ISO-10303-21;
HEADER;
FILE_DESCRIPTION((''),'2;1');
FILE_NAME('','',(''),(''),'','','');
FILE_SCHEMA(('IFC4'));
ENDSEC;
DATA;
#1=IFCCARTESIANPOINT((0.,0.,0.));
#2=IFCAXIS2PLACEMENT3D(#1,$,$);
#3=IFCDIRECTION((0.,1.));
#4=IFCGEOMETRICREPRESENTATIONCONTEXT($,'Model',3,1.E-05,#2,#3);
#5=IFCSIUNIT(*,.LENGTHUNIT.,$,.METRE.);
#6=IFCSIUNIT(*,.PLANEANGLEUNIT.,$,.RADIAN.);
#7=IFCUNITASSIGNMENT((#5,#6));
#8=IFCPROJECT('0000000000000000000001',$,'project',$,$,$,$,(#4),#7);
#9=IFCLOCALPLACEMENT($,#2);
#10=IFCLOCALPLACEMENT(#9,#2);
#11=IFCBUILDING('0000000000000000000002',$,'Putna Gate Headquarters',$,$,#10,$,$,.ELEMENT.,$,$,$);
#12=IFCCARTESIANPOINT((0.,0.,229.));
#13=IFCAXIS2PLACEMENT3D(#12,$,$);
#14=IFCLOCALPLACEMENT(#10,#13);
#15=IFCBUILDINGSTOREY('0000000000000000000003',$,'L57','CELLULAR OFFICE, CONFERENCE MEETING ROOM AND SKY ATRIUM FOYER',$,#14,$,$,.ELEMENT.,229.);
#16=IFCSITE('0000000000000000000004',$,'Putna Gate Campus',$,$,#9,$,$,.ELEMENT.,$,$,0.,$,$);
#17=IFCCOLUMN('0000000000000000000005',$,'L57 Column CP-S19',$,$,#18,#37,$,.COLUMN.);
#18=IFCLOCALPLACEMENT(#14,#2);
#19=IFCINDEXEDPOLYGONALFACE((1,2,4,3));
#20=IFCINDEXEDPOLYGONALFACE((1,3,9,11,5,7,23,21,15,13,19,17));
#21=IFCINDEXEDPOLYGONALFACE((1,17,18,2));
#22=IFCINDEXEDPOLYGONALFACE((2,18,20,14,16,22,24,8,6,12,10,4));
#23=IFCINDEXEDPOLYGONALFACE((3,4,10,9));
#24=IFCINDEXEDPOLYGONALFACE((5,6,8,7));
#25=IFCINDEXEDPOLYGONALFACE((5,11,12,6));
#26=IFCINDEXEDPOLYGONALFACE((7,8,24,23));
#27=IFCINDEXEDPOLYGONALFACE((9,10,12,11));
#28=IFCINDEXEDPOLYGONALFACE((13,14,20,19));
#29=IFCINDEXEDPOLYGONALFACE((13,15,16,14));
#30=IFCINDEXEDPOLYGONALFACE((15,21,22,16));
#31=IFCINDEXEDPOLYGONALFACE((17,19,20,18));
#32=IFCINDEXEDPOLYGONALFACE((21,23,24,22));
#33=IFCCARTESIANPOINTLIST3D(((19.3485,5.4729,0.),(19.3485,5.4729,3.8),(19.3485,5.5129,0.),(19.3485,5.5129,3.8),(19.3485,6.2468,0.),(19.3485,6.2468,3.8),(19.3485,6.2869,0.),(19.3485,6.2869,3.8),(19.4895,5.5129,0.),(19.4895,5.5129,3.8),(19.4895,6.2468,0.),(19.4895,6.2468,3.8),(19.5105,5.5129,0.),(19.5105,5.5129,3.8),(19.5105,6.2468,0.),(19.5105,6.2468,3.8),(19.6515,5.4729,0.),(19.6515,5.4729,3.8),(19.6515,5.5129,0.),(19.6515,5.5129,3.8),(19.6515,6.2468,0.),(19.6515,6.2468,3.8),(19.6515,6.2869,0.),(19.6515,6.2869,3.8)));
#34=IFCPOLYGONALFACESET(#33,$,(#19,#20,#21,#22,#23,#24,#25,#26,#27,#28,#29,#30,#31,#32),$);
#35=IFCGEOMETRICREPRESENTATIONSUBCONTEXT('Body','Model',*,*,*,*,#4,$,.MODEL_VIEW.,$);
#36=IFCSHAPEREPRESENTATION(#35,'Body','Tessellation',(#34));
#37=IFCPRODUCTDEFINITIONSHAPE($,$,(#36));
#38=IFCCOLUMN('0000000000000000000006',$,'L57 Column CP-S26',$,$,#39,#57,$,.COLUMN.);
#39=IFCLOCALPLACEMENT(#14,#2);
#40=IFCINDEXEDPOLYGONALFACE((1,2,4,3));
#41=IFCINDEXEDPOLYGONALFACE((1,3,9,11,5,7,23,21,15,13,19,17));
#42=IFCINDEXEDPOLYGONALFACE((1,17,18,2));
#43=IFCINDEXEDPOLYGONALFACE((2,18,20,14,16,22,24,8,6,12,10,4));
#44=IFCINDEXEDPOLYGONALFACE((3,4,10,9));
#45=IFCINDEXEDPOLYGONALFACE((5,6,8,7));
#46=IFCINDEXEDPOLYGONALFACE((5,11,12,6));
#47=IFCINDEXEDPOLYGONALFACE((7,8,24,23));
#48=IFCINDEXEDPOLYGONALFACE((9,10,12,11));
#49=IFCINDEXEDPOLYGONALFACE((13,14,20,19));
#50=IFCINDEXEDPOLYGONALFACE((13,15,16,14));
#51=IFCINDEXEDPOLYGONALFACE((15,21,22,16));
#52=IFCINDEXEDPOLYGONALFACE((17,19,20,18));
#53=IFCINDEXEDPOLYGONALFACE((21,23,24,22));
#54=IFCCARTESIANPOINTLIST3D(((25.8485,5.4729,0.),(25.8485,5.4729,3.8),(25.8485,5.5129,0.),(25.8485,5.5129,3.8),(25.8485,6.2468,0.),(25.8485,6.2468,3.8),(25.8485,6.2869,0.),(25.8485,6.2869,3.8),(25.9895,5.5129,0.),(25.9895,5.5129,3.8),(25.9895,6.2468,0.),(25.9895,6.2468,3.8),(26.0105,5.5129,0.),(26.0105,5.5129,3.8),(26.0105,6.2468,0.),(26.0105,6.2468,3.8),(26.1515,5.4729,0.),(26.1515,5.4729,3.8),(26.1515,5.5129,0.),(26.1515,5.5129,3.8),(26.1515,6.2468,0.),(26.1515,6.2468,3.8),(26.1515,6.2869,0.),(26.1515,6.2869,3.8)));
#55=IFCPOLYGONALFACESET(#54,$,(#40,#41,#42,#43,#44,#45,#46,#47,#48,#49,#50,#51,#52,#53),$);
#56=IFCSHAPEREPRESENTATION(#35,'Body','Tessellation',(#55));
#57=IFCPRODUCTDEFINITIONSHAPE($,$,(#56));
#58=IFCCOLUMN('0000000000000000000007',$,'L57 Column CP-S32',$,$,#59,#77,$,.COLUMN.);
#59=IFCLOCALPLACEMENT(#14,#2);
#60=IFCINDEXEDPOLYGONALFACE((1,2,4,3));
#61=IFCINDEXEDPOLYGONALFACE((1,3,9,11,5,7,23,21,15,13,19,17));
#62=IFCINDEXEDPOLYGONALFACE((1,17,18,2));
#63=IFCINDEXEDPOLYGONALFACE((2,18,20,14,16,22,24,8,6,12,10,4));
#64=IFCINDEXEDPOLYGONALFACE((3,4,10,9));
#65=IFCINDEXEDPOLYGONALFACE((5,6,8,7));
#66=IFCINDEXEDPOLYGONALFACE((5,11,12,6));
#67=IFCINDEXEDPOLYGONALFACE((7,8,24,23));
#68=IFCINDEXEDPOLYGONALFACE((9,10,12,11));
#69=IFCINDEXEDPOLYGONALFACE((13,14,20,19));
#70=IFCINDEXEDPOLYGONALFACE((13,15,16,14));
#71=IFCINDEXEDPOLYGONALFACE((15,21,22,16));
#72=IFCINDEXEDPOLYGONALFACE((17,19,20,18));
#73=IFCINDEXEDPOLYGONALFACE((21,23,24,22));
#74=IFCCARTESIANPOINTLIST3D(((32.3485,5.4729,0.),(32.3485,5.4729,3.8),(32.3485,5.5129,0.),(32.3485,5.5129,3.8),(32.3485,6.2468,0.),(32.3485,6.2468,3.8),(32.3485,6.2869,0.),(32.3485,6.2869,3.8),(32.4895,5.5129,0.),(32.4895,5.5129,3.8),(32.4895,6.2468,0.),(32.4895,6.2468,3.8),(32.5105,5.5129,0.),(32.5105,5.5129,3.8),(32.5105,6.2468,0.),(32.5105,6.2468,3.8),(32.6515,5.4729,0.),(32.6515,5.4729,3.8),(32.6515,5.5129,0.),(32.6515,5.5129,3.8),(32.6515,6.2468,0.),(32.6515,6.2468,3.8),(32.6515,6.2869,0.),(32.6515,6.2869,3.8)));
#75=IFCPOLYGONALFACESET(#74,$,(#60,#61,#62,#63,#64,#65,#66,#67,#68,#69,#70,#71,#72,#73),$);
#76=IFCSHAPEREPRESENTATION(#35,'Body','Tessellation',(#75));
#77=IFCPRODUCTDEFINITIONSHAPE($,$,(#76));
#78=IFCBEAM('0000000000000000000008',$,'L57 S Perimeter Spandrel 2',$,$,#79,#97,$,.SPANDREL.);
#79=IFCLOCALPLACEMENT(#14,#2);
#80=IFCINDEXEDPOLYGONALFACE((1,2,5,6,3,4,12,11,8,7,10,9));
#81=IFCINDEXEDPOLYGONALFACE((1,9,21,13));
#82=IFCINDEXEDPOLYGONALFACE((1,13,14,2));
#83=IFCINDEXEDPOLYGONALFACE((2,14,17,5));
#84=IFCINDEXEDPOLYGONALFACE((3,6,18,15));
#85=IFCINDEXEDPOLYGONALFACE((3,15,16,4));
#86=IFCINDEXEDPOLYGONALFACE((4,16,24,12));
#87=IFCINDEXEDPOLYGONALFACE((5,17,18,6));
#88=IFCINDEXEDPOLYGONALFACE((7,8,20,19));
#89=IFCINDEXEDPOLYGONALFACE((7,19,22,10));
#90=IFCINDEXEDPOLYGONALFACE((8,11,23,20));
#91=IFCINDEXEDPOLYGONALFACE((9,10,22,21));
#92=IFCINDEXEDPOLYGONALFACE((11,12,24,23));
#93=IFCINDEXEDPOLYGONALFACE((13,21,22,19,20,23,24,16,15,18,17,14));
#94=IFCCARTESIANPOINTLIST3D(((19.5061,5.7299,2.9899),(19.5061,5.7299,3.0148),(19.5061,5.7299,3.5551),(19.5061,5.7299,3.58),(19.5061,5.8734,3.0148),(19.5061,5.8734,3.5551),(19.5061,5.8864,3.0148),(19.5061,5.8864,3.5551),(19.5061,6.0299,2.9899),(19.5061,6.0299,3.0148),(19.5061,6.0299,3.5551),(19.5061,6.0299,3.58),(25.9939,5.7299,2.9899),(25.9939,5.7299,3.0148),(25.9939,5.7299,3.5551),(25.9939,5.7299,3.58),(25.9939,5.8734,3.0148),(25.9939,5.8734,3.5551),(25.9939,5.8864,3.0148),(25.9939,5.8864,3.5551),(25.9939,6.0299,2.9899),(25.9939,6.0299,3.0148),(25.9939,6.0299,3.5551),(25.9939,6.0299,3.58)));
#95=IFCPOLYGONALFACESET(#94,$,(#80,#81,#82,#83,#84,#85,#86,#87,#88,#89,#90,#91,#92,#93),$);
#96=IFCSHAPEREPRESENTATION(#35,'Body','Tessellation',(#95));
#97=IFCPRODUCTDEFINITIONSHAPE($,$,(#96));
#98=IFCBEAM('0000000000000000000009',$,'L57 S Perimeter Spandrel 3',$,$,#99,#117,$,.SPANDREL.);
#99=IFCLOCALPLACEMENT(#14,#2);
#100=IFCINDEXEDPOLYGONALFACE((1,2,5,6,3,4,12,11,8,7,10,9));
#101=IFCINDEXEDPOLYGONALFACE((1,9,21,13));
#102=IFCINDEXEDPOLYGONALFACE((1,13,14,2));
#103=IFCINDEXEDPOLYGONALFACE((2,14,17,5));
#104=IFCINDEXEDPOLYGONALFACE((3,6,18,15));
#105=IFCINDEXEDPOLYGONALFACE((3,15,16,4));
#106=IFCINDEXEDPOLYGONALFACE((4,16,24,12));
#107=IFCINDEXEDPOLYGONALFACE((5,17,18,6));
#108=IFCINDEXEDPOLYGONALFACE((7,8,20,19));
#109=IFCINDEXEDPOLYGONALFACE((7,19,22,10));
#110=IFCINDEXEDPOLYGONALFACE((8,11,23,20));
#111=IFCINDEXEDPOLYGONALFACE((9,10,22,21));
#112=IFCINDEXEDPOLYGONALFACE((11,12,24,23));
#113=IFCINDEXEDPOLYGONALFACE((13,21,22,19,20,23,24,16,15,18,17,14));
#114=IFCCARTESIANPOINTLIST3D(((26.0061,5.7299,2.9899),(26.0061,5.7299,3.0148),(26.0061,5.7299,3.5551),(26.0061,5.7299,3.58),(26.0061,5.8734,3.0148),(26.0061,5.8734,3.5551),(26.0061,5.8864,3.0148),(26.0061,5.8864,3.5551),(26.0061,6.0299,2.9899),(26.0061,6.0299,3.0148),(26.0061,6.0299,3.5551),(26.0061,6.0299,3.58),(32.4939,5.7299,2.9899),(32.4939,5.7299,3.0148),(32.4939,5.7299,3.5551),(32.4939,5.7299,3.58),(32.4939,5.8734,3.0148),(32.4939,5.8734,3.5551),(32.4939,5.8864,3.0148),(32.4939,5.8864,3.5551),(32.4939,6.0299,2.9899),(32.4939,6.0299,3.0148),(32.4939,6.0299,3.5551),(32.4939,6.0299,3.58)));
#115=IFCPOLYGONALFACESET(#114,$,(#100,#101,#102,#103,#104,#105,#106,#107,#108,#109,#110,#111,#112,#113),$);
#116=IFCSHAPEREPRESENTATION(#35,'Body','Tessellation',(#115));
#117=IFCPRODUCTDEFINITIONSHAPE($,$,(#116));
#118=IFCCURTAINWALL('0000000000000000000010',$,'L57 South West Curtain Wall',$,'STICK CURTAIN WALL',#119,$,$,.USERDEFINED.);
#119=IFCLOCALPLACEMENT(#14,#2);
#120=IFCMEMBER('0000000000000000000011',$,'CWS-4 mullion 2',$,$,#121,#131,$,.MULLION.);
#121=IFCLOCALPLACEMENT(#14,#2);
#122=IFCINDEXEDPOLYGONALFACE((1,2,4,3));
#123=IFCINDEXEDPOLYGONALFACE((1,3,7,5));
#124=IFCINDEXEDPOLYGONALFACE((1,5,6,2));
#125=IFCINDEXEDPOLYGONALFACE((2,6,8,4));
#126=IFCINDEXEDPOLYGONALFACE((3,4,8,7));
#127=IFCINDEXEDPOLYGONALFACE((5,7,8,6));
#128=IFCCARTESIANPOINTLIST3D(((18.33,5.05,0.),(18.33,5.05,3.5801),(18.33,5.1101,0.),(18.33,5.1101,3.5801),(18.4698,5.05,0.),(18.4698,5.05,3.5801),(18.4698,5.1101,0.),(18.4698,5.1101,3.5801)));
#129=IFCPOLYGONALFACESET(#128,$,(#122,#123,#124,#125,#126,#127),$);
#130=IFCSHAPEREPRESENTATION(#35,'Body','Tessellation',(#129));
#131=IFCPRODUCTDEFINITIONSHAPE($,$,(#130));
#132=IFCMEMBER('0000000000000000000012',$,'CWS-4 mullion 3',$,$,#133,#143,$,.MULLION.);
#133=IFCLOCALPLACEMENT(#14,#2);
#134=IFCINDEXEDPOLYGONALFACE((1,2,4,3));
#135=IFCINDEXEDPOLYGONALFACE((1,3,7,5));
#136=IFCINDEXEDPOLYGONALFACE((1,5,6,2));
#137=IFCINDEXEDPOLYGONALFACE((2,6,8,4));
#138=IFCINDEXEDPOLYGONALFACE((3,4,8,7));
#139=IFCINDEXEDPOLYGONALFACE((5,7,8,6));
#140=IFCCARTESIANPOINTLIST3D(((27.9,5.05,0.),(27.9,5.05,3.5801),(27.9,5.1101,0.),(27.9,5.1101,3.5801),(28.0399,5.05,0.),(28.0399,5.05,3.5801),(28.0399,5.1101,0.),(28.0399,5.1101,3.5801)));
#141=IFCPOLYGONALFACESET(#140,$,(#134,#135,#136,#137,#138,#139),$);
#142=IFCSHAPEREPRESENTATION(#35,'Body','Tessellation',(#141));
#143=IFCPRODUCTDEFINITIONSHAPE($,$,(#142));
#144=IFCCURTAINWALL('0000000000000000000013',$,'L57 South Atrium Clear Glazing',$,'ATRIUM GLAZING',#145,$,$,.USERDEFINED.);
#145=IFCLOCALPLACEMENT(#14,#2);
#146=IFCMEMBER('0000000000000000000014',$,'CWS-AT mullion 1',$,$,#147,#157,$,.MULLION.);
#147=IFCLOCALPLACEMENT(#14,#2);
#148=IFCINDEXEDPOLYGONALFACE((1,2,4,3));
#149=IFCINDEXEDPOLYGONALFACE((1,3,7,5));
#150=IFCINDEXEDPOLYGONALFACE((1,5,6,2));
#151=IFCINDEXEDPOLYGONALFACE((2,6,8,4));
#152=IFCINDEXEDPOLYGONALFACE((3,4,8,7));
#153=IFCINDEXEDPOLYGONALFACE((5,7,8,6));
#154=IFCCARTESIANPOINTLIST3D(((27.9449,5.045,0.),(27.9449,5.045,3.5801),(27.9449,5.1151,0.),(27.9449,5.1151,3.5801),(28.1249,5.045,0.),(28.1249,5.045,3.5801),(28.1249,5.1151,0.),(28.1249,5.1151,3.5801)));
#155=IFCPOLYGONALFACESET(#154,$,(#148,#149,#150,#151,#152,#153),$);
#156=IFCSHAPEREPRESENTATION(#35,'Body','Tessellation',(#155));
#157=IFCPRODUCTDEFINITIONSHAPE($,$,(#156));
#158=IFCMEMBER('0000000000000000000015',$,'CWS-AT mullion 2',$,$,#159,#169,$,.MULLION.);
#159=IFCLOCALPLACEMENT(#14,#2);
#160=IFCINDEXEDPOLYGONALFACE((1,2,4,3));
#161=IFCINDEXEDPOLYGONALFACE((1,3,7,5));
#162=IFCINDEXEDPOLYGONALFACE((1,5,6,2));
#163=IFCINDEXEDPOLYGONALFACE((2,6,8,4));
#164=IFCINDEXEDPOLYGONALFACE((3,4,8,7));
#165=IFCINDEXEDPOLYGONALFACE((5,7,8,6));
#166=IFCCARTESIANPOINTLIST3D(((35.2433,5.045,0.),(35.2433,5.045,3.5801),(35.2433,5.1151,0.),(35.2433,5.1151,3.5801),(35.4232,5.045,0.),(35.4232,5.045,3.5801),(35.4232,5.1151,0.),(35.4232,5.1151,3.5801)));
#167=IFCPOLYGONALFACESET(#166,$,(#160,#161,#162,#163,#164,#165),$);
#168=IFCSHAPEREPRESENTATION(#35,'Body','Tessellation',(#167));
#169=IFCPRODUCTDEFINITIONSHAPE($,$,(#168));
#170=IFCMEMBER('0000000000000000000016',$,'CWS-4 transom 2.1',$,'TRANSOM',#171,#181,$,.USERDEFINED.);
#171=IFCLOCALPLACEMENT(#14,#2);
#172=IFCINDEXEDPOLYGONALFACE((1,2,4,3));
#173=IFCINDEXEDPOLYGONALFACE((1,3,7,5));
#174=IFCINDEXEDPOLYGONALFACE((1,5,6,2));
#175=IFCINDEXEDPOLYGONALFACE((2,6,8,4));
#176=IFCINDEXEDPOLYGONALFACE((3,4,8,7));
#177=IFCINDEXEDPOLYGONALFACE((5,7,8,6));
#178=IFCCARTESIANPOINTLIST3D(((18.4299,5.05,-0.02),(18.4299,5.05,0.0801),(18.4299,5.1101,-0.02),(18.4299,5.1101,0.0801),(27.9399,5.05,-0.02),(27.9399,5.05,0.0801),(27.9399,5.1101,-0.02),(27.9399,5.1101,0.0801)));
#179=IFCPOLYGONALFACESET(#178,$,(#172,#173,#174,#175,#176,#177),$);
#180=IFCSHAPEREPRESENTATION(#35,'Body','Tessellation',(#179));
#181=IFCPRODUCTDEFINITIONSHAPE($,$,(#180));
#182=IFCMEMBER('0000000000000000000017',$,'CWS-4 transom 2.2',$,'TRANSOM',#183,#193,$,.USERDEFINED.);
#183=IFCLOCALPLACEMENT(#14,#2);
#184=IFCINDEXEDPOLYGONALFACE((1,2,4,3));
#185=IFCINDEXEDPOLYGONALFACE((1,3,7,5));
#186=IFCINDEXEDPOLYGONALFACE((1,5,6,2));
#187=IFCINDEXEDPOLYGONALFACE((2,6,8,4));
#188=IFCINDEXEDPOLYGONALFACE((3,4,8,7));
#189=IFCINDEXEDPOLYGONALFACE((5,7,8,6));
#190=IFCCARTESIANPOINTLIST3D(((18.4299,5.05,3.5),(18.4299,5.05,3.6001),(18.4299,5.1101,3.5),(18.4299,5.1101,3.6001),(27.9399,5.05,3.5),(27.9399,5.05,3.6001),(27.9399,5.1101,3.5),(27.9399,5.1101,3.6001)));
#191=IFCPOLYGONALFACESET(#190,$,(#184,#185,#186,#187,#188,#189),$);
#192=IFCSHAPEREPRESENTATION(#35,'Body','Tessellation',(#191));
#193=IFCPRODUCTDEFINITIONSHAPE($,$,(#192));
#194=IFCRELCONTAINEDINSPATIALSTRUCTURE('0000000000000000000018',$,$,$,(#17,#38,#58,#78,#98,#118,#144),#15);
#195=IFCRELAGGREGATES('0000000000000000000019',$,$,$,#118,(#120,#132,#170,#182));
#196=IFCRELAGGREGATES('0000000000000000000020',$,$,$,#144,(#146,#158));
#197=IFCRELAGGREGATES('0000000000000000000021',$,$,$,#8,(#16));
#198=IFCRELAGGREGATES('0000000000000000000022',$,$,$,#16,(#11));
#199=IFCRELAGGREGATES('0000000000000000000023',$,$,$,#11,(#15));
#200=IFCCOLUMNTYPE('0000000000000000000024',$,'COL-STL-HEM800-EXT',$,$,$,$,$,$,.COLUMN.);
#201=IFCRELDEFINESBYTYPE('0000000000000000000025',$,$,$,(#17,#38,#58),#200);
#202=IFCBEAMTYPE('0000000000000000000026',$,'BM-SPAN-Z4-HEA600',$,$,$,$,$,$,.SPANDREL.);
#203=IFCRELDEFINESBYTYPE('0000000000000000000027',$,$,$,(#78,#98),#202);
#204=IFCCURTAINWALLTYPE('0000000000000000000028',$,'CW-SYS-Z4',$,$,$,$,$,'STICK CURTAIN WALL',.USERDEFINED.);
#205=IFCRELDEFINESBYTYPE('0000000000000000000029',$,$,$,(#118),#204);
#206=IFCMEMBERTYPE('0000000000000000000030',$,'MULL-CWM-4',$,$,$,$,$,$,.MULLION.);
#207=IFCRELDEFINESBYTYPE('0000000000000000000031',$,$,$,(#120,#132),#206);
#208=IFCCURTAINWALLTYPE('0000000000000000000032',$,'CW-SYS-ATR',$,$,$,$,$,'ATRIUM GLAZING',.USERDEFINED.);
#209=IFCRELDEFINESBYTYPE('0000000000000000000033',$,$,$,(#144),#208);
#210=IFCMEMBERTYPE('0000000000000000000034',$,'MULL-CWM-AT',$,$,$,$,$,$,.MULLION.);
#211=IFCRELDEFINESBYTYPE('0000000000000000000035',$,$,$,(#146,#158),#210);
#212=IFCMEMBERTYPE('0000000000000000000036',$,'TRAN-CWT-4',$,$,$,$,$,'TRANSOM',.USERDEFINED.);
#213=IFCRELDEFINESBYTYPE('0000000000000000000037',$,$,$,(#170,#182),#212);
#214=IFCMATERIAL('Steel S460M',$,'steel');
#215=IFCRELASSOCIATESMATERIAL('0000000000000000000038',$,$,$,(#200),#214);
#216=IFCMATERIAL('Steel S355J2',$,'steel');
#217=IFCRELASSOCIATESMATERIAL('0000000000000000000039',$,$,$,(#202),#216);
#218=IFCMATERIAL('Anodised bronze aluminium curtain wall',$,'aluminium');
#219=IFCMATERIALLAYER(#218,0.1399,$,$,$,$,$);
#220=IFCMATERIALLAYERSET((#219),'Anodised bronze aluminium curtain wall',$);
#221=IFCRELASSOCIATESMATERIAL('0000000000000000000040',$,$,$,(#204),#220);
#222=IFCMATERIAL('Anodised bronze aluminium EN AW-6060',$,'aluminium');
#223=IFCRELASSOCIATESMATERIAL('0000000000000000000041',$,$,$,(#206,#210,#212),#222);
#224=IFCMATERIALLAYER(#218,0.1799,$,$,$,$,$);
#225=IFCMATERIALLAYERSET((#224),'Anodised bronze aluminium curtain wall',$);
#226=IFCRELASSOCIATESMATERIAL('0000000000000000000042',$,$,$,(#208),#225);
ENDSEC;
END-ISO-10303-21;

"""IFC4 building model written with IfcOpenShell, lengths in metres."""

from ifc_helpers import new_model, si_unit, direction, frame, origin, origin_2d, place, context, subcontext, project, spatial, rectangle, i_section, extrude, material, layer, layer_set, material_profile, profile_set, type_object, element, aggregate, save


model = new_model("IFC4")

# Units and contexts
model_context = context("Model", 3, precision=1e-05, world=origin(), true_north=direction((0.0, 1.0)))
body_context = subcontext(model_context, "Body", "Model", "MODEL_VIEW")
ifc_project = project(units=[si_unit("LENGTHUNIT", "METRE"), si_unit("PLANEANGLEUNIT", "RADIAN")], contexts=[model_context])

# Site, building, storey
site_placement = place(None, origin())
site = spatial("IfcSite", under=ifc_project, at=site_placement, Name="Putna Gate Campus", CompositionType="ELEMENT", RefElevation=0.0)
building_placement = place(site_placement, origin())
building = spatial("IfcBuilding", under=site, at=building_placement, Name="Putna Gate Headquarters", CompositionType="ELEMENT")
storey_placement = place(building_placement, frame((0.0, 0.0, 229.0)))
storey = spatial("IfcBuildingStorey", under=building, at=storey_placement, Name="L57", Description="CELLULAR OFFICE, CONFERENCE MEETING ROOM AND SKY ATRIUM FOYER", CompositionType="ELEMENT", Elevation=229.0)

# Columns
ifc_material_1 = material(Name="Steel S460M", Category="steel")
ifc_material_profile_1 = material_profile(ifc_material_1, i_section(OverallWidth=0.303, OverallDepth=0.814, WebThickness=0.021, FlangeThickness=0.04, at=origin_2d()), Name="Steel S460M")
ifc_profile_set_1 = profile_set([ifc_material_profile_1], Name="Steel S460M")
column_type = type_object("IfcColumnType", Name="COL-STL-HEM800-EXT", PredefinedType="COLUMN", material=ifc_profile_set_1)
for number, where, z_axis, x_axis, name in (
    (1, (19.5, 5.8799, 0.0), (0.0, 0.0, 1.0), (1.0, 0.0, 0.0), "L57 Column CP-S19"),
    (2, (26.0, 5.8799, 0.0), (0.0, 0.0, 1.0), (1.0, 0.0, 0.0), "L57 Column CP-S26"),
    (3, (32.5, 5.8799, 0.0), (0.0, 0.0, 1.0), (1.0, 0.0, 0.0), "L57 Column CP-S32"),
):
    element("IfcColumn", number, at=place(storey_placement, frame(where, z_axis=z_axis, x_axis=x_axis)), inside=storey, type_object=column_type, Name=name, PredefinedType="COLUMN", context=body_context, shape_type="SweptSolid", body=[
        extrude(i_section(OverallWidth=0.303, OverallDepth=0.814, WebThickness=0.021, FlangeThickness=0.04, at=origin_2d()), origin(), (0.0, 0.0, 1.0), 3.8),
    ])

# Beams
ifc_material_2 = material(Name="Steel S355J2", Category="steel")
ifc_material_profile_2 = material_profile(ifc_material_2, i_section(OverallWidth=0.3, OverallDepth=0.5901, WebThickness=0.0129, FlangeThickness=0.0249, at=origin_2d()), Name="Steel S355J2")
ifc_profile_set_2 = profile_set([ifc_material_profile_2], Name="Steel S355J2")
beam_type = type_object("IfcBeamType", Name="BM-SPAN-Z4-HEA600", PredefinedType="SPANDREL", material=ifc_profile_set_2)
for number, where, z_axis, x_axis, name in (
    (4, (19.5061, 5.8799, 3.2849), (1.0, 0.0, 0.0), (0.0, 1.0, 0.0), "L57 S Perimeter Spandrel 2"),
    (5, (26.0061, 5.8799, 3.2849), (1.0, 0.0, 0.0), (0.0, 1.0, 0.0), "L57 S Perimeter Spandrel 3"),
):
    element("IfcBeam", number, at=place(storey_placement, frame(where, z_axis=z_axis, x_axis=x_axis)), inside=storey, type_object=beam_type, Name=name, PredefinedType="SPANDREL", context=body_context, shape_type="SweptSolid", body=[
        extrude(i_section(OverallWidth=0.3, OverallDepth=0.5901, WebThickness=0.0129, FlangeThickness=0.0249, at=origin_2d()), origin(), (0.0, 0.0, 1.0), 6.4878),
    ])

# Curtain walls, members
ifc_material_3 = material(Name="Anodised bronze aluminium curtain wall", Category="aluminium")
ifc_layer_1 = layer(ifc_material_3, 0.1399)
ifc_layer_set_1 = layer_set([ifc_layer_1], Name="Anodised bronze aluminium curtain wall")
curtain_wall_type_1 = type_object("IfcCurtainWallType", Name="CW-SYS-Z4", ElementType="STICK CURTAIN WALL", PredefinedType="USERDEFINED", material=ifc_layer_set_1)
curtain_wall_1_placement = place(storey_placement, origin())
curtain_wall_1 = element("IfcCurtainWall", 6, at=curtain_wall_1_placement, inside=storey, type_object=curtain_wall_type_1, Name="L57 South West Curtain Wall", ObjectType="STICK CURTAIN WALL", PredefinedType="USERDEFINED")
ifc_material_4 = material(Name="Anodised bronze aluminium EN AW-6060", Category="aluminium")
ifc_material_profile_3 = material_profile(ifc_material_4, rectangle(XDim=0.0601, YDim=0.1399, at=origin_2d()), Name="Anodised bronze aluminium EN AW-6060")
ifc_profile_set_3 = profile_set([ifc_material_profile_3], Name="Anodised bronze aluminium EN AW-6060")
member_type_1 = type_object("IfcMemberType", Name="MULL-CWM-4", PredefinedType="MULLION", material=ifc_profile_set_3)
member_1_placement = place(storey_placement, frame((18.3999, 5.0801, 0.0), z_axis=(0.0, 0.0, 1.0), x_axis=(0.0, 1.0, 0.0)))
member_1 = element("IfcMember", 7, at=member_1_placement, type_object=member_type_1, Name="CWS-4 mullion 2", PredefinedType="MULLION", context=body_context, shape_type="SweptSolid", body=[
    extrude(rectangle(XDim=0.0601, YDim=0.1399, at=origin_2d()), origin(), (0.0, 0.0, 1.0), 3.5801),
])
member_2_placement = place(storey_placement, frame((27.97, 5.0801, 0.0), z_axis=(0.0, 0.0, 1.0), x_axis=(0.0, 1.0, 0.0)))
member_2 = element("IfcMember", 8, at=member_2_placement, type_object=member_type_1, Name="CWS-4 mullion 3", PredefinedType="MULLION", context=body_context, shape_type="SweptSolid", body=[
    extrude(rectangle(XDim=0.0601, YDim=0.1399, at=origin_2d()), origin(), (0.0, 0.0, 1.0), 3.5801),
])
ifc_layer_2 = layer(ifc_material_3, 0.1799)
ifc_layer_set_2 = layer_set([ifc_layer_2], Name="Anodised bronze aluminium curtain wall")
curtain_wall_type_2 = type_object("IfcCurtainWallType", Name="CW-SYS-ATR", ElementType="ATRIUM GLAZING", PredefinedType="USERDEFINED", material=ifc_layer_set_2)
curtain_wall_2_placement = place(storey_placement, origin())
curtain_wall_2 = element("IfcCurtainWall", 9, at=curtain_wall_2_placement, inside=storey, type_object=curtain_wall_type_2, Name="L57 South Atrium Clear Glazing", ObjectType="ATRIUM GLAZING", PredefinedType="USERDEFINED")
ifc_material_profile_4 = material_profile(ifc_material_4, rectangle(XDim=0.0701, YDim=0.1799, at=origin_2d()), Name="Anodised bronze aluminium EN AW-6060")
ifc_profile_set_4 = profile_set([ifc_material_profile_4], Name="Anodised bronze aluminium EN AW-6060")
member_type_2 = type_object("IfcMemberType", Name="MULL-CWM-AT", PredefinedType="MULLION", material=ifc_profile_set_4)
member_3_placement = place(storey_placement, frame((28.0349, 5.0801, 0.0), z_axis=(0.0, 0.0, 1.0), x_axis=(0.0, 1.0, 0.0)))
member_3 = element("IfcMember", 10, at=member_3_placement, type_object=member_type_2, Name="CWS-AT mullion 1", PredefinedType="MULLION", context=body_context, shape_type="SweptSolid", body=[
    extrude(rectangle(XDim=0.0701, YDim=0.1799, at=origin_2d()), origin(), (0.0, 0.0, 1.0), 3.5801),
])
member_4_placement = place(storey_placement, frame((35.3333, 5.0801, 0.0), z_axis=(0.0, 0.0, 1.0), x_axis=(0.0, 1.0, 0.0)))
member_4 = element("IfcMember", 11, at=member_4_placement, type_object=member_type_2, Name="CWS-AT mullion 2", PredefinedType="MULLION", context=body_context, shape_type="SweptSolid", body=[
    extrude(rectangle(XDim=0.0701, YDim=0.1799, at=origin_2d()), origin(), (0.0, 0.0, 1.0), 3.5801),
])

# Members
ifc_material_profile_5 = material_profile(ifc_material_4, rectangle(XDim=0.0601, YDim=0.1001, at=origin_2d()), Name="Anodised bronze aluminium EN AW-6060")
ifc_profile_set_5 = profile_set([ifc_material_profile_5], Name="Anodised bronze aluminium EN AW-6060")
member_type_3 = type_object("IfcMemberType", Name="TRAN-CWT-4", ElementType="TRANSOM", PredefinedType="USERDEFINED", material=ifc_profile_set_5)
member_5_placement = place(storey_placement, frame((18.4299, 5.0801, 0.03), z_axis=(1.0, 0.0, 0.0), x_axis=(0.0, 1.0, 0.0)))
member_5 = element("IfcMember", 12, at=member_5_placement, type_object=member_type_3, Name="CWS-4 transom 2.1", ObjectType="TRANSOM", PredefinedType="USERDEFINED", context=body_context, shape_type="SweptSolid", body=[
    extrude(rectangle(XDim=0.0601, YDim=0.1001, at=origin_2d()), origin(), (0.0, 0.0, 1.0), 9.51),
])
member_6_placement = place(storey_placement, frame((18.4299, 5.0801, 3.55), z_axis=(1.0, 0.0, 0.0), x_axis=(0.0, 1.0, 0.0)))
member_6 = element("IfcMember", 13, at=member_6_placement, type_object=member_type_3, Name="CWS-4 transom 2.2", ObjectType="TRANSOM", PredefinedType="USERDEFINED", context=body_context, shape_type="SweptSolid", body=[
    extrude(rectangle(XDim=0.0601, YDim=0.1001, at=origin_2d()), origin(), (0.0, 0.0, 1.0), 9.51),
])

aggregate(curtain_wall_1, [member_1, member_2, member_5, member_6])
aggregate(curtain_wall_2, [member_3, member_4])

save(model, "model.ifc")
